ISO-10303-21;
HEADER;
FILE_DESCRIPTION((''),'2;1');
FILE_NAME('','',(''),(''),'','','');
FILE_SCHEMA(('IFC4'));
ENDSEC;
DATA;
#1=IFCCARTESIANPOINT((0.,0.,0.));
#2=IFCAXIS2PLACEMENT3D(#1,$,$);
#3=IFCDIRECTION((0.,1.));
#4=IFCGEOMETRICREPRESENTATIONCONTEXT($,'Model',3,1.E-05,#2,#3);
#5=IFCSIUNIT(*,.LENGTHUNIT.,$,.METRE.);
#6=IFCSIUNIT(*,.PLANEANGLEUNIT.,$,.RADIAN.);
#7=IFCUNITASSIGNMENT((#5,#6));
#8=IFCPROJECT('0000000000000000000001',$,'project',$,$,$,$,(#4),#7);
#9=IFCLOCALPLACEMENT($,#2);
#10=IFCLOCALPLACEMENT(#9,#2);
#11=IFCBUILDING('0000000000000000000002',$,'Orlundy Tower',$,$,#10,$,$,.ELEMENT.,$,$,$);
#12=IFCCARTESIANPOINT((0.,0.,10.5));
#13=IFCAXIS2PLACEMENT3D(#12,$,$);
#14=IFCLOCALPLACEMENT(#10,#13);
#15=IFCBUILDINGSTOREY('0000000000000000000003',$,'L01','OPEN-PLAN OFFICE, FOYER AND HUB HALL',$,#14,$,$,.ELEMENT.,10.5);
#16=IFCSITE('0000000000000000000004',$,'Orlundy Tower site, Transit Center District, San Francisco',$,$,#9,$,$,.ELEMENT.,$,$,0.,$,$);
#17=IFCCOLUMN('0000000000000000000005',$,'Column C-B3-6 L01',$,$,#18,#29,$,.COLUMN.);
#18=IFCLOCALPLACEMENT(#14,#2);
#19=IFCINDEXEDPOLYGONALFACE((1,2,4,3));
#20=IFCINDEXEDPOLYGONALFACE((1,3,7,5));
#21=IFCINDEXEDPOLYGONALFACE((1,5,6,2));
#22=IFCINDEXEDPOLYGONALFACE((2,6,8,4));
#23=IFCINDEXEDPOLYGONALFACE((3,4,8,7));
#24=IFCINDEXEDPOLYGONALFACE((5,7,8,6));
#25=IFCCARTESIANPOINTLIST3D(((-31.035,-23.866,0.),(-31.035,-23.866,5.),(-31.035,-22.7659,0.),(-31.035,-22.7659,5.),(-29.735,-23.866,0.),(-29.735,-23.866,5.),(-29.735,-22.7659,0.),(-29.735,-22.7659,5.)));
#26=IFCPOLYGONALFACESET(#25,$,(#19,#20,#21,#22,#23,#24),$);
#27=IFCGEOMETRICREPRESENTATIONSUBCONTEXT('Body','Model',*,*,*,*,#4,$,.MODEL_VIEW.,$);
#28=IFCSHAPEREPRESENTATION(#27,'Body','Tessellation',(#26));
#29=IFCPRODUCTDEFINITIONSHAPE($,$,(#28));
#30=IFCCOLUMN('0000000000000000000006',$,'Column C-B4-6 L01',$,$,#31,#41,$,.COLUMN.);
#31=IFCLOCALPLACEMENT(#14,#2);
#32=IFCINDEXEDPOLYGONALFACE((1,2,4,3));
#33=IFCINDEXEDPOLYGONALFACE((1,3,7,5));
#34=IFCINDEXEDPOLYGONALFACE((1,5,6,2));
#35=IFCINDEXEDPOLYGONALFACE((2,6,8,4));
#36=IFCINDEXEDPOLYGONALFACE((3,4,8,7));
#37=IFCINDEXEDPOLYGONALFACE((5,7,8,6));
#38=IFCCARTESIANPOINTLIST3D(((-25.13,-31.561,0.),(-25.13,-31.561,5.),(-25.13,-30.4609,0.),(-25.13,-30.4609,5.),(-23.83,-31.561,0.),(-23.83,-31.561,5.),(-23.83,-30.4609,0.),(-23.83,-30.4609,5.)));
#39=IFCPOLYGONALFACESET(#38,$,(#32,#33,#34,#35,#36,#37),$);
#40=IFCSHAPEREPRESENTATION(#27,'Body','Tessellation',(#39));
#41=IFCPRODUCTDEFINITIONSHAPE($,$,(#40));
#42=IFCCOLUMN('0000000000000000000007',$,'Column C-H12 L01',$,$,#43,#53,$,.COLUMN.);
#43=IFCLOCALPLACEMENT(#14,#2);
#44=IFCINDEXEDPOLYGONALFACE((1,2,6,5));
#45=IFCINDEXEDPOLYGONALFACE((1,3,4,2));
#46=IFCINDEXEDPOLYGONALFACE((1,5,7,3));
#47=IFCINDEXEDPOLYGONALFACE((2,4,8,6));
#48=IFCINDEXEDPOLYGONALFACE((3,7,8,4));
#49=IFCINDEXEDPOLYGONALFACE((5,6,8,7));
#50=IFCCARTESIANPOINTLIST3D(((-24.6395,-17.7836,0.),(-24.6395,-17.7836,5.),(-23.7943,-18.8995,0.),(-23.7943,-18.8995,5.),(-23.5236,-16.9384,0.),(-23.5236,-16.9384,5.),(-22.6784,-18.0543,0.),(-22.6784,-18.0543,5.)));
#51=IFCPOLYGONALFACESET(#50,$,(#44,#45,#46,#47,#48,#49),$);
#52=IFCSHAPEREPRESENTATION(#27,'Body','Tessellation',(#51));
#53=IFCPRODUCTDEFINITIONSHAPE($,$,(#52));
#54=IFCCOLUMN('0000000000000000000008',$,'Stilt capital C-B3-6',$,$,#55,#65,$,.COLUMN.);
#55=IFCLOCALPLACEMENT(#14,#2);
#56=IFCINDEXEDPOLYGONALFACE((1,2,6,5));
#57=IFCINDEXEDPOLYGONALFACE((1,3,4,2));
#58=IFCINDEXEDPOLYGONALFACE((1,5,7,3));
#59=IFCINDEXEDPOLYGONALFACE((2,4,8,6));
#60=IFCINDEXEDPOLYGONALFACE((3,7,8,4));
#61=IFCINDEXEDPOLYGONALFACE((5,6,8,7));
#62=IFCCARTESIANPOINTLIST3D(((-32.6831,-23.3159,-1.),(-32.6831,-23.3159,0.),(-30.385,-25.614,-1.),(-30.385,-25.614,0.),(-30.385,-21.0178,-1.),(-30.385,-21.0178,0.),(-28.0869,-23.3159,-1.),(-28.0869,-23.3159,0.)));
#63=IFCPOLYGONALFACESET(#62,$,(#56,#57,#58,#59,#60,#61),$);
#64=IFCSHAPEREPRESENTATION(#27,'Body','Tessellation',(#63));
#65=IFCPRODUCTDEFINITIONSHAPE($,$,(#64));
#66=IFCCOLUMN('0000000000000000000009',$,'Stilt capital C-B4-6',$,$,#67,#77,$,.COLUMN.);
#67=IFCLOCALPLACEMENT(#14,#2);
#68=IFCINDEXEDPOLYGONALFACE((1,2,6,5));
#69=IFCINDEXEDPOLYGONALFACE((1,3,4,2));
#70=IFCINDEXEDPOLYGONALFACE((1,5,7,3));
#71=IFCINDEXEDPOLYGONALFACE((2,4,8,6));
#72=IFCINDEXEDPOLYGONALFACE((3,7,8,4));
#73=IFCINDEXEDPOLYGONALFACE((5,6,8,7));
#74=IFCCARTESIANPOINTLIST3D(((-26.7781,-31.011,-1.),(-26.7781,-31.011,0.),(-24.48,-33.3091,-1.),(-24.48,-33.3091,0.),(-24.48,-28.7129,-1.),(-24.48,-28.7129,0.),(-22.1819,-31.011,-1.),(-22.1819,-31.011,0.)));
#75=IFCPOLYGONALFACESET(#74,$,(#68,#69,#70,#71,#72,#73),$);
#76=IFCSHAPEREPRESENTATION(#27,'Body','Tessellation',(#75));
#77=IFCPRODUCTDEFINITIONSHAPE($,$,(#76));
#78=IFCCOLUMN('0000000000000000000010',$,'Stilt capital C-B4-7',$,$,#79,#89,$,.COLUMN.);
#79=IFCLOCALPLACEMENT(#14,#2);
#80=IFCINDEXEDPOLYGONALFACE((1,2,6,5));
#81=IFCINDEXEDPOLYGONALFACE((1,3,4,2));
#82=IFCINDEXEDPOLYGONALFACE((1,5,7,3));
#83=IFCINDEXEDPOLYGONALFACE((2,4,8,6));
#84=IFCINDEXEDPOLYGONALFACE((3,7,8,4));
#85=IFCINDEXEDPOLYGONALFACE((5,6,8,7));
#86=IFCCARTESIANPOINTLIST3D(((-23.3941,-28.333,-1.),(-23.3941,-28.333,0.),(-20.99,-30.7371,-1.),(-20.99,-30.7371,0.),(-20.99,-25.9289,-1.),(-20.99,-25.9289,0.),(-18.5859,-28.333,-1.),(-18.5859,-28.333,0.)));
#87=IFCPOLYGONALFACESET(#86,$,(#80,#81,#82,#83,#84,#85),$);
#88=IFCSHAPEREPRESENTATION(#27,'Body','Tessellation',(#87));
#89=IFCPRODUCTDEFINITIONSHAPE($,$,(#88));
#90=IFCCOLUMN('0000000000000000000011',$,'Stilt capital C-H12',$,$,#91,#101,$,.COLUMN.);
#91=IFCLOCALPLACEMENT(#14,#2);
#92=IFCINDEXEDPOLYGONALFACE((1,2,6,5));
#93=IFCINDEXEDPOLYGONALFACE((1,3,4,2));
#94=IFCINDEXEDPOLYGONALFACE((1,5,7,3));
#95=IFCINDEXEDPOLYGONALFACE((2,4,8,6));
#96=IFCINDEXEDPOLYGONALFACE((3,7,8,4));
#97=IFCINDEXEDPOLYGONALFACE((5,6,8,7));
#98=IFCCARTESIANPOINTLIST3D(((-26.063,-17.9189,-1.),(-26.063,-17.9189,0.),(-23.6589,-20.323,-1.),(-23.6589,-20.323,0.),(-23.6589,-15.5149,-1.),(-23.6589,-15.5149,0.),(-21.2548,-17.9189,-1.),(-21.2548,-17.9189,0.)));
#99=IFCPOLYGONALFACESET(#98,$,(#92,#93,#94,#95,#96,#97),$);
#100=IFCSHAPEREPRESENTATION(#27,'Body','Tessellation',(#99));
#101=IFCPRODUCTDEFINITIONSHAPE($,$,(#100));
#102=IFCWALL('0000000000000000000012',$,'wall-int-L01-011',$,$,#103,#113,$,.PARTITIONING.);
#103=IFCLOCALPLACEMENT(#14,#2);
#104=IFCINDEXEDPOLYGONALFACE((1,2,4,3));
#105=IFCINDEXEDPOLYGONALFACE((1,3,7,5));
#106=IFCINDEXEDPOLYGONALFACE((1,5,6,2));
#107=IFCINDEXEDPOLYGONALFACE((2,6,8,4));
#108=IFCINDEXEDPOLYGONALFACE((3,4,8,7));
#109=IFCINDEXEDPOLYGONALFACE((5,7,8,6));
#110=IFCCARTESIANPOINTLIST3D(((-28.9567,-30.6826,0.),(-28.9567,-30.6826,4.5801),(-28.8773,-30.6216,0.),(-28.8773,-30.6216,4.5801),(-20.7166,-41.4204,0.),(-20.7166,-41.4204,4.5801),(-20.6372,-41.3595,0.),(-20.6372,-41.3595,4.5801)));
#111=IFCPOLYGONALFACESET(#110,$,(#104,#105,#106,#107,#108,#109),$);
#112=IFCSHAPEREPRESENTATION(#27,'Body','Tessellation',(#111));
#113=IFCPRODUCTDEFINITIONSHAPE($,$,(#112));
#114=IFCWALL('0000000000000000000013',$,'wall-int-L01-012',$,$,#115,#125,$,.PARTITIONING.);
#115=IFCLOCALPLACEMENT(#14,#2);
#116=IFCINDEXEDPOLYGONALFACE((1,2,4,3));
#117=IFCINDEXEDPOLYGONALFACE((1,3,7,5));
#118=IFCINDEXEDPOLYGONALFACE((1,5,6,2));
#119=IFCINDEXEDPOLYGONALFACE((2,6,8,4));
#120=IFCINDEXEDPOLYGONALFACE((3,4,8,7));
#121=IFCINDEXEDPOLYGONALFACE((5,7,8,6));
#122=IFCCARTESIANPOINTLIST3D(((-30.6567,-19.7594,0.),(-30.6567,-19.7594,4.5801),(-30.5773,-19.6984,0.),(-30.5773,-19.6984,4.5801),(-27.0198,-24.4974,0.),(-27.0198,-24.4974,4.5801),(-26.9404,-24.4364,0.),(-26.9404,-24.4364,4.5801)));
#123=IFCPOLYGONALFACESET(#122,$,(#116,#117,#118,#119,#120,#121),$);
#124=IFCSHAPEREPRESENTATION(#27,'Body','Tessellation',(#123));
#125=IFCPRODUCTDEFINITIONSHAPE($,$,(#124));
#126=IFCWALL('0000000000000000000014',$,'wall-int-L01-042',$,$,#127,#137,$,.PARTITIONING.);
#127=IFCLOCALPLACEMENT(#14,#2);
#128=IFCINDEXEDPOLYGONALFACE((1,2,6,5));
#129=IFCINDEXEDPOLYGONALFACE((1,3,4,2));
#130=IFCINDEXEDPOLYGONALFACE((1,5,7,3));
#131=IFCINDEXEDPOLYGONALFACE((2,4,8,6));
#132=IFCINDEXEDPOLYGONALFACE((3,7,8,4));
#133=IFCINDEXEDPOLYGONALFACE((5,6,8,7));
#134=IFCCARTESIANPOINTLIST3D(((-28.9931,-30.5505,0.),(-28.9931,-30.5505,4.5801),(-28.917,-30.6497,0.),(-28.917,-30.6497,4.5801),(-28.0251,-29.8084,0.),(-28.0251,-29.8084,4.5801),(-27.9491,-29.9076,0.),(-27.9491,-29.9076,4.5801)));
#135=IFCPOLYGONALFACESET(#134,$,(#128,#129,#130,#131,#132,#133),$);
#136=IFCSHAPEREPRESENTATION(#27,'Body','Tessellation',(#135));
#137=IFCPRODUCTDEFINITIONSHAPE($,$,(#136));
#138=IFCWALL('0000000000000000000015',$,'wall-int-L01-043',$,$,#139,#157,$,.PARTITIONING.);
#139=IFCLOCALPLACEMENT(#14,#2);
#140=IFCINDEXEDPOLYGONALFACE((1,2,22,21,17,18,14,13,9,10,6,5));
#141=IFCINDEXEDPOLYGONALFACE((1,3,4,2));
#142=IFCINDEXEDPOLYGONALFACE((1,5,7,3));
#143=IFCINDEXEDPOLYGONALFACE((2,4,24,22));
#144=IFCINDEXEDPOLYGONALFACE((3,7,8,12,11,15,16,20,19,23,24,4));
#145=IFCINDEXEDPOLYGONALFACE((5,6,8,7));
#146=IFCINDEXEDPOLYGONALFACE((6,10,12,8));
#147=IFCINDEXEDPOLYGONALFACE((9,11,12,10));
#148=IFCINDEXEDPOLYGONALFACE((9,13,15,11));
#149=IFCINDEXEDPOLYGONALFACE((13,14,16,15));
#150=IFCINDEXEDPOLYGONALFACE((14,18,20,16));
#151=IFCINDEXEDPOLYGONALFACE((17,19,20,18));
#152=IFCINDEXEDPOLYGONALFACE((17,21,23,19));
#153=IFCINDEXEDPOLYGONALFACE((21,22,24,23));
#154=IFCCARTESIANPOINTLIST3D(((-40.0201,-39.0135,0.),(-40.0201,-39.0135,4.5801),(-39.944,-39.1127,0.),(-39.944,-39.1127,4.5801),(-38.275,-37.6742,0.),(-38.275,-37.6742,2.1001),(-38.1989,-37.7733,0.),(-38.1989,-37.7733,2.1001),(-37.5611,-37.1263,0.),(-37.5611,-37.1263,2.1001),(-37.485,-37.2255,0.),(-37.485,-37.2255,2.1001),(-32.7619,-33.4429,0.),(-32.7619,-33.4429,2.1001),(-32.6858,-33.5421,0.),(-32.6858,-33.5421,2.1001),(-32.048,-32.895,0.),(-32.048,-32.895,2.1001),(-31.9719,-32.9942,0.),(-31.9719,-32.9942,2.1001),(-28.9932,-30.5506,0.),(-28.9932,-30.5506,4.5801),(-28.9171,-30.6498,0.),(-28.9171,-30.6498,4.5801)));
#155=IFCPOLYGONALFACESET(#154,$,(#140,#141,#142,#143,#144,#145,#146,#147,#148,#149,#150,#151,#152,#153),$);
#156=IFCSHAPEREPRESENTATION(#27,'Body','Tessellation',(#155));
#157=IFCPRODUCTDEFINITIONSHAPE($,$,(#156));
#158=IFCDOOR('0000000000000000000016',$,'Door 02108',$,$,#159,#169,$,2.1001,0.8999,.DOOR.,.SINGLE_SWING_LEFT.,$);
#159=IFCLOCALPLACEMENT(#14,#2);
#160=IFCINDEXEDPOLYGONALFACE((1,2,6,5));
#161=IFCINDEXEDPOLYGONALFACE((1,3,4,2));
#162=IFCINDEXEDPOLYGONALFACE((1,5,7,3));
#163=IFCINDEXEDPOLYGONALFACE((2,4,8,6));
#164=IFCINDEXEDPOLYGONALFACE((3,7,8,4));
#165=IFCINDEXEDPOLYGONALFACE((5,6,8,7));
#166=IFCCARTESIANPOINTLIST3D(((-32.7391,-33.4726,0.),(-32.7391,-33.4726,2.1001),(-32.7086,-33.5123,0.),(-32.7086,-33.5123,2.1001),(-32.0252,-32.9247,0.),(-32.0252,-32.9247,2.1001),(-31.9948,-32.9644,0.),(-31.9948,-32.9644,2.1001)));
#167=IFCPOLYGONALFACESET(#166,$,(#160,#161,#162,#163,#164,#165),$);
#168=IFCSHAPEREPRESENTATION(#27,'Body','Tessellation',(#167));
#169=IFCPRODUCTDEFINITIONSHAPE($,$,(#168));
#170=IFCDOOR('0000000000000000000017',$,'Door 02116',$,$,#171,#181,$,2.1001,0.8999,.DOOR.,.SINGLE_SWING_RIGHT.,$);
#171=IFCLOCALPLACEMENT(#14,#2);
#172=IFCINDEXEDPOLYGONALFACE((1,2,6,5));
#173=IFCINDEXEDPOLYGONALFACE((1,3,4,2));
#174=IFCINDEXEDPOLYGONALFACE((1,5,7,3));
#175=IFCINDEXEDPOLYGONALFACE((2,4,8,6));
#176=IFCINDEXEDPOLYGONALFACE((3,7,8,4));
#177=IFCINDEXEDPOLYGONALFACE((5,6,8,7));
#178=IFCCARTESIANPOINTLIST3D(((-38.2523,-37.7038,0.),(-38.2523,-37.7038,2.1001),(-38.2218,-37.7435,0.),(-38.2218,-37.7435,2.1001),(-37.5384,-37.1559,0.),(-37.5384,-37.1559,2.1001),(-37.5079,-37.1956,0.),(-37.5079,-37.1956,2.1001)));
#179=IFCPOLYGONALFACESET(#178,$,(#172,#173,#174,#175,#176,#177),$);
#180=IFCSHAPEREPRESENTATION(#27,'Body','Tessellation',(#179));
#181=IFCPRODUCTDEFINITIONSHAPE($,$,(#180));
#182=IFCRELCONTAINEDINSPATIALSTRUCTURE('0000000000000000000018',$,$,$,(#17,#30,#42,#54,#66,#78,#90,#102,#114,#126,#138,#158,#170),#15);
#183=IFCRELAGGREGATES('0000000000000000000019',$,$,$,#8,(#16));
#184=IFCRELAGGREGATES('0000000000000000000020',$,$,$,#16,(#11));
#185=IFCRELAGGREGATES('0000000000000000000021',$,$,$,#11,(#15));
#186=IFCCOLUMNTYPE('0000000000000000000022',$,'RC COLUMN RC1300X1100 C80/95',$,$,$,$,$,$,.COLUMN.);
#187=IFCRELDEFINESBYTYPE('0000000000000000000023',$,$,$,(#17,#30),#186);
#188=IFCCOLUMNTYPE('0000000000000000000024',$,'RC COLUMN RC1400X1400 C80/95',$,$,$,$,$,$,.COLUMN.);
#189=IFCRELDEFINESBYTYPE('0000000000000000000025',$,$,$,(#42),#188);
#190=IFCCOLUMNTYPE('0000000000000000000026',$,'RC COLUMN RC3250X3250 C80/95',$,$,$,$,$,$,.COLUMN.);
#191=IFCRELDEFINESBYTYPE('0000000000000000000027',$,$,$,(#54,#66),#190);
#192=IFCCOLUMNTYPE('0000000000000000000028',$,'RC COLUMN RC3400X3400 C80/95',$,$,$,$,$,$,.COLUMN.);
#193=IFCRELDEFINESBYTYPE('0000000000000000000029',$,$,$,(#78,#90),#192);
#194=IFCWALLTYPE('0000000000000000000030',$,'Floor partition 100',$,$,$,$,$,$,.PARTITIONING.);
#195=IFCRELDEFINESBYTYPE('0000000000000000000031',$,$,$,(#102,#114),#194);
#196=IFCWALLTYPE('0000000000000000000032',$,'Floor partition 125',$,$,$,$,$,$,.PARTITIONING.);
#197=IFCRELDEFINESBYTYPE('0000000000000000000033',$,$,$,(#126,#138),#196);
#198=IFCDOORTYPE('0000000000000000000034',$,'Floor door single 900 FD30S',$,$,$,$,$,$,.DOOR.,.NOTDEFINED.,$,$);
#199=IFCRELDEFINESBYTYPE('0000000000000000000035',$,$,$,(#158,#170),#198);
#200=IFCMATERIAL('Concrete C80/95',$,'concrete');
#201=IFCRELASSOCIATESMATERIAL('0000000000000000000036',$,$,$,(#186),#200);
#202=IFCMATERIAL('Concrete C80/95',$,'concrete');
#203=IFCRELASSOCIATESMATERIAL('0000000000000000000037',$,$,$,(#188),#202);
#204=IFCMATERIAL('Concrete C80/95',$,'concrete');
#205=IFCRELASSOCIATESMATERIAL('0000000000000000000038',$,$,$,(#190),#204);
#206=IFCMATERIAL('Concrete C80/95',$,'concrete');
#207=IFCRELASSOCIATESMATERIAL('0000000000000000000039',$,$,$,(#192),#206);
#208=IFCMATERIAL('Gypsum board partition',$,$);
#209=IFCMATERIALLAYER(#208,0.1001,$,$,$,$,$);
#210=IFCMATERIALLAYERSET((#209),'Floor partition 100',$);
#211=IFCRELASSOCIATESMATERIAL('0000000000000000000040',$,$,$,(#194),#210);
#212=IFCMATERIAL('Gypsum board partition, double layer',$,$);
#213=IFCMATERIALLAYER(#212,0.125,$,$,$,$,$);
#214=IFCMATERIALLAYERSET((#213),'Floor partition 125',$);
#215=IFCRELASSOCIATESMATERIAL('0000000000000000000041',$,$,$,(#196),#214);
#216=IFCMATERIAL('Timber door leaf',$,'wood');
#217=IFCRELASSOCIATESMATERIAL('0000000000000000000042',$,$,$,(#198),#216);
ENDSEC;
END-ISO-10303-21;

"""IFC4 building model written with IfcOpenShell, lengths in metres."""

from ifc_helpers import new_model, si_unit, direction, frame, frame_2d, origin, origin_2d, place, context, subcontext, project, spatial, rectangle, extrude, material, layer, layer_set, material_profile, profile_set, type_object, element, fill, save


model = new_model("IFC4")

# Units and contexts
model_context = context("Model", 3, precision=1e-05, world=origin(), true_north=direction((0.0, 1.0)))
body_context = subcontext(model_context, "Body", "Model", "MODEL_VIEW")
ifc_project = project(units=[si_unit("LENGTHUNIT", "METRE"), si_unit("PLANEANGLEUNIT", "RADIAN")], contexts=[model_context])

# Site, building, storey
site_placement = place(None, origin())
site = spatial("IfcSite", under=ifc_project, at=site_placement, Name="Orlundy Tower site, Transit Center District, San Francisco", CompositionType="ELEMENT", RefElevation=0.0)
building_placement = place(site_placement, origin())
building = spatial("IfcBuilding", under=site, at=building_placement, Name="Orlundy Tower", CompositionType="ELEMENT")
storey_placement = place(building_placement, frame((0.0, 0.0, 10.5)))
storey = spatial("IfcBuildingStorey", under=building, at=storey_placement, Name="L01", Description="OPEN-PLAN OFFICE, FOYER AND HUB HALL", CompositionType="ELEMENT", Elevation=10.5)

# Columns
ifc_material_1 = material(Name="Concrete C80/95", Category="concrete")
ifc_material_profile_1 = material_profile(ifc_material_1, rectangle(XDim=1.3, YDim=1.1001, at=origin_2d()), Name="RC1300X1100")
ifc_profile_set_1 = profile_set([ifc_material_profile_1], Name="Concrete C80/95")
column_type_1 = type_object("IfcColumnType", Name="RC COLUMN RC1300X1100 C80/95", PredefinedType="COLUMN", material=ifc_profile_set_1)
for number, where, z_axis, x_axis, name in (
    (1, (-30.385, -23.3159, 0.0), (0.0, 0.0, 1.0), (1.0, 0.0, 0.0), "Column C-B3-6 L01"),
    (2, (-24.48, -31.011, 0.0), (0.0, 0.0, 1.0), (1.0, 0.0, 0.0), "Column C-B4-6 L01"),
):
    element("IfcColumn", number, at=place(storey_placement, frame(where, z_axis=z_axis, x_axis=x_axis)), inside=storey, type_object=column_type_1, Name=name, PredefinedType="COLUMN", context=body_context, shape_type="SweptSolid", body=[
        extrude(rectangle(XDim=1.3, YDim=1.1001, at=origin_2d()), origin(), (0.0, 0.0, 1.0), 5.0),
    ])
ifc_material_2 = material(Name="Concrete C80/95", Category="concrete")
ifc_material_profile_2 = material_profile(ifc_material_2, rectangle(XDim=1.3999, YDim=1.3999, at=origin_2d()), Name="RC1400X1400")
ifc_profile_set_2 = profile_set([ifc_material_profile_2], Name="Concrete C80/95")
column_type_2 = type_object("IfcColumnType", Name="RC COLUMN RC1400X1400 C80/95", PredefinedType="COLUMN", material=ifc_profile_set_2)
column_placement = place(storey_placement, frame((-23.6589, -17.9189, 0.0), z_axis=(0.0, 0.0, 1.0), x_axis=(-0.797163, -0.603765, 0.0)))
element("IfcColumn", 3, at=column_placement, inside=storey, type_object=column_type_2, Name="Column C-H12 L01", PredefinedType="COLUMN", context=body_context, shape_type="SweptSolid", body=[
    extrude(rectangle(XDim=1.3999, YDim=1.3999, at=origin_2d()), origin(), (0.0, 0.0, 1.0), 5.0),
])
ifc_material_3 = material(Name="Concrete C80/95", Category="concrete")
ifc_material_profile_3 = material_profile(ifc_material_3, rectangle(XDim=3.25, YDim=3.25, at=origin_2d()), Name="RC3250X3250")
ifc_profile_set_3 = profile_set([ifc_material_profile_3], Name="Concrete C80/95")
column_type_3 = type_object("IfcColumnType", Name="RC COLUMN RC3250X3250 C80/95", PredefinedType="COLUMN", material=ifc_profile_set_3)
for number, where, z_axis, x_axis, name in (
    (4, (-30.385, -23.3159, -1.0), (0.0, 0.0, 1.0), (0.707107, 0.707107, 0.0), "Stilt capital C-B3-6"),
    (5, (-24.48, -31.011, -1.0), (0.0, 0.0, 1.0), (0.707107, 0.707107, 0.0), "Stilt capital C-B4-6"),
):
    element("IfcColumn", number, at=place(storey_placement, frame(where, z_axis=z_axis, x_axis=x_axis)), inside=storey, type_object=column_type_3, Name=name, PredefinedType="COLUMN", context=body_context, shape_type="SweptSolid", body=[
        extrude(rectangle(XDim=3.25, YDim=3.25, at=origin_2d()), origin(), (0.0, 0.0, 1.0), 1.0),
    ])
ifc_material_4 = material(Name="Concrete C80/95", Category="concrete")
ifc_material_profile_4 = material_profile(ifc_material_4, rectangle(XDim=3.3999, YDim=3.3999, at=origin_2d()), Name="RC3400X3400")
ifc_profile_set_4 = profile_set([ifc_material_profile_4], Name="Concrete C80/95")
column_type_4 = type_object("IfcColumnType", Name="RC COLUMN RC3400X3400 C80/95", PredefinedType="COLUMN", material=ifc_profile_set_4)
for number, where, z_axis, x_axis, name in (
    (6, (-20.99, -28.333, -1.0), (0.0, 0.0, 1.0), (0.707107, 0.707107, 0.0), "Stilt capital C-B4-7"),
    (7, (-23.6589, -17.9189, -1.0), (0.0, 0.0, 1.0), (0.707107, 0.707107, 0.0), "Stilt capital C-H12"),
):
    element("IfcColumn", number, at=place(storey_placement, frame(where, z_axis=z_axis, x_axis=x_axis)), inside=storey, type_object=column_type_4, Name=name, PredefinedType="COLUMN", context=body_context, shape_type="SweptSolid", body=[
        extrude(rectangle(XDim=3.3999, YDim=3.3999, at=origin_2d()), origin(), (0.0, 0.0, 1.0), 1.0),
    ])

# Walls
ifc_material_5 = material(Name="Gypsum board partition")
ifc_layer_1 = layer(ifc_material_5, 0.1001)
ifc_layer_set_1 = layer_set([ifc_layer_1], Name="Floor partition 100")
wall_type_1 = type_object("IfcWallType", Name="Floor partition 100", PredefinedType="PARTITIONING", material=ifc_layer_set_1)
wall_1_placement = place(storey_placement, frame((-28.917, -30.6521, 0.0), z_axis=(0.0, 0.0, 1.0), x_axis=(0.608789, -0.793332, 0.0)))
element("IfcWall", 8, at=wall_1_placement, inside=storey, type_object=wall_type_1, Name="wall-int-L01-011", PredefinedType="PARTITIONING", context=body_context, shape_type="SweptSolid", body=[
    extrude(rectangle(XDim=13.5352, YDim=0.1001, at=frame_2d((6.7676, 0.0))), origin(), (0.0, 0.0, 1.0), 4.5801),
])
wall_2_placement = place(storey_placement, frame((-30.6169, -19.729, 0.0), z_axis=(0.0, 0.0, 1.0), x_axis=(0.608903, -0.793245, 0.0)))
element("IfcWall", 9, at=wall_2_placement, inside=storey, type_object=wall_type_1, Name="wall-int-L01-012", PredefinedType="PARTITIONING", context=body_context, shape_type="SweptSolid", body=[
    extrude(rectangle(XDim=5.9729, YDim=0.1001, at=frame_2d((2.9863, 0.0))), origin(), (0.0, 0.0, 1.0), 4.5801),
])
ifc_material_6 = material(Name="Gypsum board partition, double layer")
ifc_layer_2 = layer(ifc_material_6, 0.125)
ifc_layer_set_2 = layer_set([ifc_layer_2], Name="Floor partition 125")
wall_type_2 = type_object("IfcWallType", Name="Floor partition 125", PredefinedType="PARTITIONING", material=ifc_layer_set_2)
wall_3_placement = place(storey_placement, frame((-28.9551, -30.6001, 0.0), z_axis=(0.0, 0.0, 1.0), x_axis=(0.79359, 0.608453, 0.0)))
element("IfcWall", 10, at=wall_3_placement, inside=storey, type_object=wall_type_2, Name="wall-int-L01-042", PredefinedType="PARTITIONING", context=body_context, shape_type="SweptSolid", body=[
    extrude(rectangle(XDim=1.2197, YDim=0.125, at=frame_2d((0.6099, 0.0))), origin(), (0.0, 0.0, 1.0), 4.5801),
])

# Wall, openings, doors
wall_4_placement = place(storey_placement, frame((-28.9551, -30.6001, 0.0), z_axis=(0.0, 0.0, 1.0), x_axis=(-0.793295, -0.608838, 0.0)))
wall_4 = element("IfcWall", 11, at=wall_4_placement, inside=storey, type_object=wall_type_2, Name="wall-int-L01-043", PredefinedType="PARTITIONING", context=body_context, shape_type="SweptSolid", body=[
    extrude(rectangle(XDim=13.9001, YDim=0.125, at=frame_2d((6.9502, 0.0))), origin(), (0.0, 0.0, 1.0), 4.5801),
])
opening_1_placement = place(wall_4_placement, frame((3.8508, 0.0, 0.0)))
opening_1 = element("IfcOpeningElement", 12, at=opening_1_placement, cuts=wall_4, PredefinedType="OPENING", context=body_context, shape_type="SweptSolid", body=[
    extrude(rectangle(XDim=0.8999, YDim=2.1001, at=frame_2d((0.45, 1.05))), frame((0.0, 0.0725, 0.0), z_axis=(0.0, -1.0, 0.0), x_axis=(1.0, 0.0, 0.0)), (0.0, 0.0, 1.0), 0.145),
])
opening_2_placement = place(wall_4_placement, frame((10.8005, 0.0, 0.0)))
opening_2 = element("IfcOpeningElement", 13, at=opening_2_placement, cuts=wall_4, PredefinedType="OPENING", context=body_context, shape_type="SweptSolid", body=[
    extrude(rectangle(XDim=0.8999, YDim=2.1001, at=frame_2d((0.45, 1.05))), frame((0.0, 0.0725, 0.0), z_axis=(0.0, -1.0, 0.0), x_axis=(1.0, 0.0, 0.0)), (0.0, 0.0, 1.0), 0.145),
])
ifc_material_7 = material(Name="Timber door leaf", Category="wood")
door_type = type_object("IfcDoorType", Name="Floor door single 900 FD30S", OperationType="NOTDEFINED", PredefinedType="DOOR", material=ifc_material_7)
door_1_placement = place(opening_1_placement, origin())
door_1 = element("IfcDoor", 14, at=door_1_placement, inside=storey, type_object=door_type, Name="Door 02108", OperationType="SINGLE_SWING_LEFT", OverallHeight=2.1001, OverallWidth=0.8999, PredefinedType="DOOR", context=body_context, shape_type="SweptSolid", body=[
    extrude(rectangle(XDim=0.8999, YDim=2.1001, at=frame_2d((0.45, 1.05))), frame((0.0, 0.0249, 0.0), z_axis=(0.0, -1.0, 0.0), x_axis=(1.0, 0.0, 0.0)), (0.0, 0.0, 1.0), 0.05),
])
fill(opening_1, door_1)
door_2_placement = place(opening_2_placement, origin())
door_2 = element("IfcDoor", 15, at=door_2_placement, inside=storey, type_object=door_type, Name="Door 02116", OperationType="SINGLE_SWING_RIGHT", OverallHeight=2.1001, OverallWidth=0.8999, PredefinedType="DOOR", context=body_context, shape_type="SweptSolid", body=[
    extrude(rectangle(XDim=0.8999, YDim=2.1001, at=frame_2d((0.45, 1.05))), frame((0.0, 0.0249, 0.0), z_axis=(0.0, -1.0, 0.0), x_axis=(1.0, 0.0, 0.0)), (0.0, 0.0, 1.0), 0.05),
])
fill(opening_2, door_2)

save(model, "model.ifc")
